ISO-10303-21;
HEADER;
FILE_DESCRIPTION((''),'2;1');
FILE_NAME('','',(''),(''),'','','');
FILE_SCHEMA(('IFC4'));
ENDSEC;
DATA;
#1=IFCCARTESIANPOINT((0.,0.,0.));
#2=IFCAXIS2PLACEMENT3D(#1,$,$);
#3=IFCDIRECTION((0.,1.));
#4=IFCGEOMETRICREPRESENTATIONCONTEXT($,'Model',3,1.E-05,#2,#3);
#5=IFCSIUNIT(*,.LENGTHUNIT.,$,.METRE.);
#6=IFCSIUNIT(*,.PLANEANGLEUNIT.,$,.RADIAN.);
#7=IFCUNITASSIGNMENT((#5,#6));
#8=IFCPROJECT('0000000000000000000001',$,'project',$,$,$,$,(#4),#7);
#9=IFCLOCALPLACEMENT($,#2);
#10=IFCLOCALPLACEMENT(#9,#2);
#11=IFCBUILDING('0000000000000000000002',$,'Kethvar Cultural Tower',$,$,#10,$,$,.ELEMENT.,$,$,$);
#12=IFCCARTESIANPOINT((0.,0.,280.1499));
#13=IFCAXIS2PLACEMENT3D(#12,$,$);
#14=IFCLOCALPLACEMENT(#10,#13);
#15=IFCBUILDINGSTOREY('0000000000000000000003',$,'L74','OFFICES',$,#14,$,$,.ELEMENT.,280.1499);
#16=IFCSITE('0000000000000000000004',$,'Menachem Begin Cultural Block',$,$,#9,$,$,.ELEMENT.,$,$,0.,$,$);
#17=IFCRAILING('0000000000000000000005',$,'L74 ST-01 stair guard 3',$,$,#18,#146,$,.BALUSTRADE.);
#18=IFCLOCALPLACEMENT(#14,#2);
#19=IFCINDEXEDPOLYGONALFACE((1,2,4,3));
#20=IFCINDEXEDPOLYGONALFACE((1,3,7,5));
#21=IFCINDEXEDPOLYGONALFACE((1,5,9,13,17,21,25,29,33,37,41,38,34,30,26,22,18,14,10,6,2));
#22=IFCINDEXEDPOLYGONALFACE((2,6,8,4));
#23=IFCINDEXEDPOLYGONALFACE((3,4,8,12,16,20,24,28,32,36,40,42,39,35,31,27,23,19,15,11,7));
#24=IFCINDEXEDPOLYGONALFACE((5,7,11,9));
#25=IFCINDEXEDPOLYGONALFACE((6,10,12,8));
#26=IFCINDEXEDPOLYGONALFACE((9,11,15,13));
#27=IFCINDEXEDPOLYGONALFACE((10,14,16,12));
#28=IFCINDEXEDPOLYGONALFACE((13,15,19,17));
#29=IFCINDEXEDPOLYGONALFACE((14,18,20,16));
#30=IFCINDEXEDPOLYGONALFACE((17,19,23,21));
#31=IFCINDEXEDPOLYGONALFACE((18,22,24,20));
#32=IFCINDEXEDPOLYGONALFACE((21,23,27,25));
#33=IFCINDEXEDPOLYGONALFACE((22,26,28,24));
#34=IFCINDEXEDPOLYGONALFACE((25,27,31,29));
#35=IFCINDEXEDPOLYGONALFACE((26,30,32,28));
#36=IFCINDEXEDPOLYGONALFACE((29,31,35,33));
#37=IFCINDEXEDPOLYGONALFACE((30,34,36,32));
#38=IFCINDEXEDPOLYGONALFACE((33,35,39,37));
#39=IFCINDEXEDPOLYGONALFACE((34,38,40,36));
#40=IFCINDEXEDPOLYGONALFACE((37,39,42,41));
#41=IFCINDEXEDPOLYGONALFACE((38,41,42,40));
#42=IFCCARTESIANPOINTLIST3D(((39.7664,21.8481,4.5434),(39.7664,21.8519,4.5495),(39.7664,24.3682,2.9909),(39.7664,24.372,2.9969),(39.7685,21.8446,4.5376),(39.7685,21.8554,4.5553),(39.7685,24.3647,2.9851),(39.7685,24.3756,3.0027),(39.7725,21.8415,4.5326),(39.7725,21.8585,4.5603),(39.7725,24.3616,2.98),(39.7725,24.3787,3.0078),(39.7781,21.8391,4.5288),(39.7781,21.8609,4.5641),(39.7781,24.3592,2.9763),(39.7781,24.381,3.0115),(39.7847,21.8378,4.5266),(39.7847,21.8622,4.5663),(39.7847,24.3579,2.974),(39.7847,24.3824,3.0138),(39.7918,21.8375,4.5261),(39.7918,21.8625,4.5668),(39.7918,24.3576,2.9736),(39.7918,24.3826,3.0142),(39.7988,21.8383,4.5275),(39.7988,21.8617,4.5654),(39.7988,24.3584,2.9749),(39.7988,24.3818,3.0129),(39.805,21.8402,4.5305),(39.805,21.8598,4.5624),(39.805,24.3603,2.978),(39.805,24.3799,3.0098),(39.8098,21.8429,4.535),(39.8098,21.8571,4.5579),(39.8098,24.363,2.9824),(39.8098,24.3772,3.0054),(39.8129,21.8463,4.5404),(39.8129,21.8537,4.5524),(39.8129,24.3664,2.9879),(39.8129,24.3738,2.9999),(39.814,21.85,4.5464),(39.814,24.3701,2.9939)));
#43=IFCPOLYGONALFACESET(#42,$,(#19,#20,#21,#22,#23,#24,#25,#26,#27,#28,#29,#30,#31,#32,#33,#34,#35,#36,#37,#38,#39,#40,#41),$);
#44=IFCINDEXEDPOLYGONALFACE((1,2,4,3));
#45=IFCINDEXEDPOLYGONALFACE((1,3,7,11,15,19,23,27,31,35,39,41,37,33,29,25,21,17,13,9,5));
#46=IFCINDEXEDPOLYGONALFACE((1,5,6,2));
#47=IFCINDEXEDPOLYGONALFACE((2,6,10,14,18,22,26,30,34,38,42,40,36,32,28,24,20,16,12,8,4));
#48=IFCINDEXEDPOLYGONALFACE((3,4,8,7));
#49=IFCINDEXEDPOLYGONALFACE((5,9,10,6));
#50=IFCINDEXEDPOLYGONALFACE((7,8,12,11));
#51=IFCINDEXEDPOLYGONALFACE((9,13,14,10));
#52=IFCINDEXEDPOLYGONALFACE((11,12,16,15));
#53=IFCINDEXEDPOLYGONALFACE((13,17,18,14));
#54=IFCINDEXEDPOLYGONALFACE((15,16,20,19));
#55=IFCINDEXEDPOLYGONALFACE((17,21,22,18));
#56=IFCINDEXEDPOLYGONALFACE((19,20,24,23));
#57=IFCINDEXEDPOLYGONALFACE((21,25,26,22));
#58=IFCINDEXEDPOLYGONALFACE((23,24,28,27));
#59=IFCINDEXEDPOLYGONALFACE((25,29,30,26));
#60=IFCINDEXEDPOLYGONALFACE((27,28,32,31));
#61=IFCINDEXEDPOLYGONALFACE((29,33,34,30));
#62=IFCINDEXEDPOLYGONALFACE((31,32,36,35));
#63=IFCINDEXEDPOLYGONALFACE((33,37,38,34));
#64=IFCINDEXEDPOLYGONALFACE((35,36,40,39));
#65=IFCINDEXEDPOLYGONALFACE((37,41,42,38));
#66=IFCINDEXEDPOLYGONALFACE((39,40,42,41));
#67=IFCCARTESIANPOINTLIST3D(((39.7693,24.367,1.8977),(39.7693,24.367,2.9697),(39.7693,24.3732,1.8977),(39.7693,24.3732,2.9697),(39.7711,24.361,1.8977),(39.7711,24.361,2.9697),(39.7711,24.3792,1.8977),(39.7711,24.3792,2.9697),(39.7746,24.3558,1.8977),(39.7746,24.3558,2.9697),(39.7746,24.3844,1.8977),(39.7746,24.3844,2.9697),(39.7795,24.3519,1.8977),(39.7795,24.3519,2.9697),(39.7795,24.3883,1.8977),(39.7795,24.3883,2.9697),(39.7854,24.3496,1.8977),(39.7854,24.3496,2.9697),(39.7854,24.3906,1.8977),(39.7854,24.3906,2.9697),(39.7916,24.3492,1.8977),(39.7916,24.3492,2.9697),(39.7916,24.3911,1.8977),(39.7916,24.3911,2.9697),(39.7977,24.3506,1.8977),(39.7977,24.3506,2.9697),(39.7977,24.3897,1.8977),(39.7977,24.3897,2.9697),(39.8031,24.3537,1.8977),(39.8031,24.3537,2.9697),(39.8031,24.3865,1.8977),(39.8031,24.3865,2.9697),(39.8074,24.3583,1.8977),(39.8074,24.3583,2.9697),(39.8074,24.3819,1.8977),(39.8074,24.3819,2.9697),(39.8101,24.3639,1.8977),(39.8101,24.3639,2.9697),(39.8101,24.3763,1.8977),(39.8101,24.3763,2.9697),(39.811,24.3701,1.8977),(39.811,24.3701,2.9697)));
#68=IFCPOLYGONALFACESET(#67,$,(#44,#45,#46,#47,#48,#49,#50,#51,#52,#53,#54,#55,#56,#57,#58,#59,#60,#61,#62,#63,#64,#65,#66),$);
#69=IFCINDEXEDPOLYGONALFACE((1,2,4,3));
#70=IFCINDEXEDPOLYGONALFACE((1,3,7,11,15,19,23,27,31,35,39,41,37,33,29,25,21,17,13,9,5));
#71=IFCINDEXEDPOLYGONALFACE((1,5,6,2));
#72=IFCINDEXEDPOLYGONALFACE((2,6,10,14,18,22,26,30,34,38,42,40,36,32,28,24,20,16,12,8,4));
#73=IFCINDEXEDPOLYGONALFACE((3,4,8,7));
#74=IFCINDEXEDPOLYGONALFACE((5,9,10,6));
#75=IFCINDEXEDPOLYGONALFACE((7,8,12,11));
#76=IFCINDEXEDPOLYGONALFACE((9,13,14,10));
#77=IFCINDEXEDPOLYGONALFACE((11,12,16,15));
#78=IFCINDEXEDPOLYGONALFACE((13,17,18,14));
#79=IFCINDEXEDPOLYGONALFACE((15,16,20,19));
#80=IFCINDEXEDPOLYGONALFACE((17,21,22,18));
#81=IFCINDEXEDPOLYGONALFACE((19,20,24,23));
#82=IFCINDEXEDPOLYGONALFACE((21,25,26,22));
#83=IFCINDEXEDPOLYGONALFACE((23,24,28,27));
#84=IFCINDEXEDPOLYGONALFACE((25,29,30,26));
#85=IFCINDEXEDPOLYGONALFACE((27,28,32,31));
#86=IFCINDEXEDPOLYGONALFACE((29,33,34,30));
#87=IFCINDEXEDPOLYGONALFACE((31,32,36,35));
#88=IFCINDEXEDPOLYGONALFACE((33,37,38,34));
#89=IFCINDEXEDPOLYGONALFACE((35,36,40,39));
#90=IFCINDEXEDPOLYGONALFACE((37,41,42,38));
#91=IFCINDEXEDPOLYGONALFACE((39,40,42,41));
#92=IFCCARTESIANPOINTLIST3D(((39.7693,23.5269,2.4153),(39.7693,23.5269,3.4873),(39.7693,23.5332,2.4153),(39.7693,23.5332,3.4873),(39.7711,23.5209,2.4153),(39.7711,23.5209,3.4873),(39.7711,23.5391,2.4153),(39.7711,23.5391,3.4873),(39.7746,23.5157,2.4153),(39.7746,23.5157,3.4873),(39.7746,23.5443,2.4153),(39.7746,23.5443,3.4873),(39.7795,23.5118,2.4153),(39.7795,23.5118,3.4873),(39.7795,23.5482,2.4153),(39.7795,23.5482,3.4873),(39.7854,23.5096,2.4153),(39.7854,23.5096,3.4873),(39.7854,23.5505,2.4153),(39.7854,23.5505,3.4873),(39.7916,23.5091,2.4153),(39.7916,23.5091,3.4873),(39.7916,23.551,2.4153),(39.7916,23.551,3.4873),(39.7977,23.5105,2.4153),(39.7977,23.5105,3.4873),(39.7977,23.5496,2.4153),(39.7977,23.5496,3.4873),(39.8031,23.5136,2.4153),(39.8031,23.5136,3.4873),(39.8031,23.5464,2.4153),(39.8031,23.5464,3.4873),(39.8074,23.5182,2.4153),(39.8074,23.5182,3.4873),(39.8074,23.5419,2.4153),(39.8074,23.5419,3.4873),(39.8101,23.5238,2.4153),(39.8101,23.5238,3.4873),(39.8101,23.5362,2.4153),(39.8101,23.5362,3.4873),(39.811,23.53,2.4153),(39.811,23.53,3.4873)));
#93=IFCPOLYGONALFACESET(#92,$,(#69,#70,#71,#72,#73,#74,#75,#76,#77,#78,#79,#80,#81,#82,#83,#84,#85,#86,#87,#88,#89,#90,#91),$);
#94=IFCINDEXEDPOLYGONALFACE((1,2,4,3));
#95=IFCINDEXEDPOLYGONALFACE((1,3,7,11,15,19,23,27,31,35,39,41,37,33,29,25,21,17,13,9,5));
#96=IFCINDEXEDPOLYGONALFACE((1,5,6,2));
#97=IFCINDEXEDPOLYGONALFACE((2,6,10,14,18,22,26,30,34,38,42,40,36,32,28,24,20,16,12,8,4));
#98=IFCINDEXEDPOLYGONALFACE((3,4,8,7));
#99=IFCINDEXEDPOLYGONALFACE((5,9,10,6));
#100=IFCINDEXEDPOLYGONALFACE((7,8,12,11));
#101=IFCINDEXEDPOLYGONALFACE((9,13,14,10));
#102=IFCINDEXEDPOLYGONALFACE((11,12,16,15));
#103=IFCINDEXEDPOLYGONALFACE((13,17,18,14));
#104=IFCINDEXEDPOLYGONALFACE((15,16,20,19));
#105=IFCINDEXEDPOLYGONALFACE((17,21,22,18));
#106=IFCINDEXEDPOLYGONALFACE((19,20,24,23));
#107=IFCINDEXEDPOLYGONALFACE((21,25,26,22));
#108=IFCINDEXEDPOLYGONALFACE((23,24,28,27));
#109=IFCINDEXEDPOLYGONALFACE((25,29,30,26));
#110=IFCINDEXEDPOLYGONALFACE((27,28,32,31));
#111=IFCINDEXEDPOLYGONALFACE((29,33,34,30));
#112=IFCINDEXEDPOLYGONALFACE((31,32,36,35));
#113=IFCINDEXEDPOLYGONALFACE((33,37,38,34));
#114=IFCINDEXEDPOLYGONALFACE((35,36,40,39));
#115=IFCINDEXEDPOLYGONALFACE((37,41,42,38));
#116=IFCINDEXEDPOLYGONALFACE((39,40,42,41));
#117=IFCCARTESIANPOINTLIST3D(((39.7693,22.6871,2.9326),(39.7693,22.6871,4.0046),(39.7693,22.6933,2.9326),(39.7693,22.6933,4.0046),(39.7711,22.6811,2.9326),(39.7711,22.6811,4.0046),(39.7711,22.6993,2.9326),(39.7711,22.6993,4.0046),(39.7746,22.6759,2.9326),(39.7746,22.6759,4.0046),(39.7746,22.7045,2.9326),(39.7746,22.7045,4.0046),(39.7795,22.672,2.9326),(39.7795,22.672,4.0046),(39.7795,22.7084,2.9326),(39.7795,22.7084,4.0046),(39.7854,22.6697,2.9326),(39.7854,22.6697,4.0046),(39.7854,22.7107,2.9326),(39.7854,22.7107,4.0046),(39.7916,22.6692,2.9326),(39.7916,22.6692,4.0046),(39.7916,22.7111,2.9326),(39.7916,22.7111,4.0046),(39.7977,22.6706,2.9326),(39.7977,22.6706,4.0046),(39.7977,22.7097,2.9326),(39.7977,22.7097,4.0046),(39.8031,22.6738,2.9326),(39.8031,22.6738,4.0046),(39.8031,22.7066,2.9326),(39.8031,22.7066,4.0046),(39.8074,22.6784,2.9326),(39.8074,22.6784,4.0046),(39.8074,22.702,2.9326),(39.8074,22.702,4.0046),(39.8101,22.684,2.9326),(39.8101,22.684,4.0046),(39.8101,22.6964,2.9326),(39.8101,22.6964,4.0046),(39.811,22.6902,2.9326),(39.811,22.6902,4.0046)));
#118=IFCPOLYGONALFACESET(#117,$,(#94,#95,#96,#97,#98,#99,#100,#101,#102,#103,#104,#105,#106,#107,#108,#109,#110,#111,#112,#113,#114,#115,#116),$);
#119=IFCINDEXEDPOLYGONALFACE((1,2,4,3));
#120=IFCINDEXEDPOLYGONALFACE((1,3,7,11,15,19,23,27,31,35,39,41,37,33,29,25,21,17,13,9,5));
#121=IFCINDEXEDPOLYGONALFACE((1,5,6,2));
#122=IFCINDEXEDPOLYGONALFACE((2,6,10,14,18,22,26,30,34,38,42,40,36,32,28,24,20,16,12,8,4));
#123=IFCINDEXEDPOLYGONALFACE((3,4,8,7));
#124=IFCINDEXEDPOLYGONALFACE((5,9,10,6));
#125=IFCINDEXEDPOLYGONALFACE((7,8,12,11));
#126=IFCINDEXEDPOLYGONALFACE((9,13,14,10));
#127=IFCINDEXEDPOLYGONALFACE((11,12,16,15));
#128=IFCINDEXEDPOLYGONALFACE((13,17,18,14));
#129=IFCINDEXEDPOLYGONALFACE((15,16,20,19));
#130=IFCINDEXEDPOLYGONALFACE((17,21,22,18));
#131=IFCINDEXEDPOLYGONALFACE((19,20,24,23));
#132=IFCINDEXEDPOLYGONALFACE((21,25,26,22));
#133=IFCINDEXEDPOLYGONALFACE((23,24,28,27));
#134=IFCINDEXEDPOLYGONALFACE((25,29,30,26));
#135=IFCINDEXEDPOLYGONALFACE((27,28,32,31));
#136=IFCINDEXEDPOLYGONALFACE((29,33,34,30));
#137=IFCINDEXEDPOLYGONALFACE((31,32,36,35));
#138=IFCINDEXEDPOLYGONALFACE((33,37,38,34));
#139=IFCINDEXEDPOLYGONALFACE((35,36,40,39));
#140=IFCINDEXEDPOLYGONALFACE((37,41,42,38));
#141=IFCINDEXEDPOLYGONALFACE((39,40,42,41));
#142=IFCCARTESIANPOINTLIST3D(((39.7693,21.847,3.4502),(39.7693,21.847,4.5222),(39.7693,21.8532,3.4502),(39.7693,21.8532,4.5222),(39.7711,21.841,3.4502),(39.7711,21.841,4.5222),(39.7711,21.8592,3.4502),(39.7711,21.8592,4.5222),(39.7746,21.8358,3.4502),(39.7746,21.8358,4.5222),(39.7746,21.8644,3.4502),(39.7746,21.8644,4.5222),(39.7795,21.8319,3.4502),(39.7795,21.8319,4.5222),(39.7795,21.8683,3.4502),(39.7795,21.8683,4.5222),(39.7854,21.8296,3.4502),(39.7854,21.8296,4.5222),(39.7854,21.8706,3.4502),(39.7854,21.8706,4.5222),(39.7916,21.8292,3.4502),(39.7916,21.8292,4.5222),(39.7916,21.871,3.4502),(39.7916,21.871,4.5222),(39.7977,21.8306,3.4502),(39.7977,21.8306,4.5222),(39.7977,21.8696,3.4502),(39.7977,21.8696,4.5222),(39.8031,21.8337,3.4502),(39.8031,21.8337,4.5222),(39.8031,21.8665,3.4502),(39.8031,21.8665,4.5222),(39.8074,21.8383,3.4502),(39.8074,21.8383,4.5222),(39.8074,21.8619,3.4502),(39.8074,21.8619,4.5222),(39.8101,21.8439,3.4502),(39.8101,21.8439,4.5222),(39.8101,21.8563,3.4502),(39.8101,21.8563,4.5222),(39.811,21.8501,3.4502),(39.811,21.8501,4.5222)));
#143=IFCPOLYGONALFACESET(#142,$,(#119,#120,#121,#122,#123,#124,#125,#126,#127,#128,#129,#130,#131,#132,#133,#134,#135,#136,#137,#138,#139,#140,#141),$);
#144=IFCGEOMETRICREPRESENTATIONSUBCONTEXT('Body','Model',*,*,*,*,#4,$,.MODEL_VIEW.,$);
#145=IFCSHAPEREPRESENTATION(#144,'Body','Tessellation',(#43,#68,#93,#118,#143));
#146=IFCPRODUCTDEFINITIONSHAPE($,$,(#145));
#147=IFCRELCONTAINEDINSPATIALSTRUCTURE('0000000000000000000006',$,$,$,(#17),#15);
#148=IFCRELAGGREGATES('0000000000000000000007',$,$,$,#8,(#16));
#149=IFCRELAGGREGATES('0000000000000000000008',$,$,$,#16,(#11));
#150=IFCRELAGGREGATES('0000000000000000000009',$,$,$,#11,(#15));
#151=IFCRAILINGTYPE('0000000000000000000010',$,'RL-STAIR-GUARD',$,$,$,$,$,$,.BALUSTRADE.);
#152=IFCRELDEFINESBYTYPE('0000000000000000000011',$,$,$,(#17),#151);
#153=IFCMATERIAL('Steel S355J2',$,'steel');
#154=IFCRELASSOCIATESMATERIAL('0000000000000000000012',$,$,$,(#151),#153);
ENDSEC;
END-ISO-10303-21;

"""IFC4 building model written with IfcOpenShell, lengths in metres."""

from ifc_helpers import new_model, si_unit, direction, frame, origin, origin_2d, place, context, subcontext, project, spatial, circle, extrude, material, type_object, element, save


model = new_model("IFC4")

# Units and contexts
model_context = context("Model", 3, precision=1e-05, world=origin(), true_north=direction((0.0, 1.0)))
body_context = subcontext(model_context, "Body", "Model", "MODEL_VIEW")
ifc_project = project(units=[si_unit("LENGTHUNIT", "METRE"), si_unit("PLANEANGLEUNIT", "RADIAN")], contexts=[model_context])

# Site, building, storey
site_placement = place(None, origin())
site = spatial("IfcSite", under=ifc_project, at=site_placement, Name="Menachem Begin Cultural Block", CompositionType="ELEMENT", RefElevation=0.0)
building_placement = place(site_placement, origin())
building = spatial("IfcBuilding", under=site, at=building_placement, Name="Kethvar Cultural Tower", CompositionType="ELEMENT")
storey_placement = place(building_placement, frame((0.0, 0.0, 280.1499)))
storey = spatial("IfcBuildingStorey", under=building, at=storey_placement, Name="L74", Description="OFFICES", CompositionType="ELEMENT", Elevation=280.1499)

# Shared definitions
ifc_material_1 = material(Name="Steel S355J2", Category="steel")

# Railing
railing_type_1 = type_object("IfcRailingType", Name="RL-STAIR-GUARD", PredefinedType="BALUSTRADE", material=ifc_material_1)
railing_1_placement = place(storey_placement, frame((39.79, 24.3701, 1.8977)))
element("IfcRailing", 1, at=railing_1_placement, inside=storey, type_object=railing_type_1, Name="L74 ST-01 stair guard 3", PredefinedType="BALUSTRADE", context=body_context, shape_type="SweptSolid", body=[
    extrude(circle(Radius=0.0239, at=origin_2d()), frame((0.0, 0.0, 1.0962), z_axis=(0.0, -0.8514, 0.524516), x_axis=(1.0, 0.0, 0.0)), (0.0, 0.0, 1.0), 2.96),
    extrude(circle(Radius=0.021, at=origin_2d()), origin(), (0.0, 0.0, 1.0), 1.072),
    extrude(circle(Radius=0.021, at=origin_2d()), frame((0.0, -0.8401, 0.5176)), (0.0, 0.0, 1.0), 1.072),
    extrude(circle(Radius=0.021, at=origin_2d()), frame((0.0, -1.6799, 1.0349)), (0.0, 0.0, 1.0), 1.072),
    extrude(circle(Radius=0.021, at=origin_2d()), frame((0.0, -2.52, 1.5525)), (0.0, 0.0, 1.0), 1.072),
])

save(model, "model.ifc")
